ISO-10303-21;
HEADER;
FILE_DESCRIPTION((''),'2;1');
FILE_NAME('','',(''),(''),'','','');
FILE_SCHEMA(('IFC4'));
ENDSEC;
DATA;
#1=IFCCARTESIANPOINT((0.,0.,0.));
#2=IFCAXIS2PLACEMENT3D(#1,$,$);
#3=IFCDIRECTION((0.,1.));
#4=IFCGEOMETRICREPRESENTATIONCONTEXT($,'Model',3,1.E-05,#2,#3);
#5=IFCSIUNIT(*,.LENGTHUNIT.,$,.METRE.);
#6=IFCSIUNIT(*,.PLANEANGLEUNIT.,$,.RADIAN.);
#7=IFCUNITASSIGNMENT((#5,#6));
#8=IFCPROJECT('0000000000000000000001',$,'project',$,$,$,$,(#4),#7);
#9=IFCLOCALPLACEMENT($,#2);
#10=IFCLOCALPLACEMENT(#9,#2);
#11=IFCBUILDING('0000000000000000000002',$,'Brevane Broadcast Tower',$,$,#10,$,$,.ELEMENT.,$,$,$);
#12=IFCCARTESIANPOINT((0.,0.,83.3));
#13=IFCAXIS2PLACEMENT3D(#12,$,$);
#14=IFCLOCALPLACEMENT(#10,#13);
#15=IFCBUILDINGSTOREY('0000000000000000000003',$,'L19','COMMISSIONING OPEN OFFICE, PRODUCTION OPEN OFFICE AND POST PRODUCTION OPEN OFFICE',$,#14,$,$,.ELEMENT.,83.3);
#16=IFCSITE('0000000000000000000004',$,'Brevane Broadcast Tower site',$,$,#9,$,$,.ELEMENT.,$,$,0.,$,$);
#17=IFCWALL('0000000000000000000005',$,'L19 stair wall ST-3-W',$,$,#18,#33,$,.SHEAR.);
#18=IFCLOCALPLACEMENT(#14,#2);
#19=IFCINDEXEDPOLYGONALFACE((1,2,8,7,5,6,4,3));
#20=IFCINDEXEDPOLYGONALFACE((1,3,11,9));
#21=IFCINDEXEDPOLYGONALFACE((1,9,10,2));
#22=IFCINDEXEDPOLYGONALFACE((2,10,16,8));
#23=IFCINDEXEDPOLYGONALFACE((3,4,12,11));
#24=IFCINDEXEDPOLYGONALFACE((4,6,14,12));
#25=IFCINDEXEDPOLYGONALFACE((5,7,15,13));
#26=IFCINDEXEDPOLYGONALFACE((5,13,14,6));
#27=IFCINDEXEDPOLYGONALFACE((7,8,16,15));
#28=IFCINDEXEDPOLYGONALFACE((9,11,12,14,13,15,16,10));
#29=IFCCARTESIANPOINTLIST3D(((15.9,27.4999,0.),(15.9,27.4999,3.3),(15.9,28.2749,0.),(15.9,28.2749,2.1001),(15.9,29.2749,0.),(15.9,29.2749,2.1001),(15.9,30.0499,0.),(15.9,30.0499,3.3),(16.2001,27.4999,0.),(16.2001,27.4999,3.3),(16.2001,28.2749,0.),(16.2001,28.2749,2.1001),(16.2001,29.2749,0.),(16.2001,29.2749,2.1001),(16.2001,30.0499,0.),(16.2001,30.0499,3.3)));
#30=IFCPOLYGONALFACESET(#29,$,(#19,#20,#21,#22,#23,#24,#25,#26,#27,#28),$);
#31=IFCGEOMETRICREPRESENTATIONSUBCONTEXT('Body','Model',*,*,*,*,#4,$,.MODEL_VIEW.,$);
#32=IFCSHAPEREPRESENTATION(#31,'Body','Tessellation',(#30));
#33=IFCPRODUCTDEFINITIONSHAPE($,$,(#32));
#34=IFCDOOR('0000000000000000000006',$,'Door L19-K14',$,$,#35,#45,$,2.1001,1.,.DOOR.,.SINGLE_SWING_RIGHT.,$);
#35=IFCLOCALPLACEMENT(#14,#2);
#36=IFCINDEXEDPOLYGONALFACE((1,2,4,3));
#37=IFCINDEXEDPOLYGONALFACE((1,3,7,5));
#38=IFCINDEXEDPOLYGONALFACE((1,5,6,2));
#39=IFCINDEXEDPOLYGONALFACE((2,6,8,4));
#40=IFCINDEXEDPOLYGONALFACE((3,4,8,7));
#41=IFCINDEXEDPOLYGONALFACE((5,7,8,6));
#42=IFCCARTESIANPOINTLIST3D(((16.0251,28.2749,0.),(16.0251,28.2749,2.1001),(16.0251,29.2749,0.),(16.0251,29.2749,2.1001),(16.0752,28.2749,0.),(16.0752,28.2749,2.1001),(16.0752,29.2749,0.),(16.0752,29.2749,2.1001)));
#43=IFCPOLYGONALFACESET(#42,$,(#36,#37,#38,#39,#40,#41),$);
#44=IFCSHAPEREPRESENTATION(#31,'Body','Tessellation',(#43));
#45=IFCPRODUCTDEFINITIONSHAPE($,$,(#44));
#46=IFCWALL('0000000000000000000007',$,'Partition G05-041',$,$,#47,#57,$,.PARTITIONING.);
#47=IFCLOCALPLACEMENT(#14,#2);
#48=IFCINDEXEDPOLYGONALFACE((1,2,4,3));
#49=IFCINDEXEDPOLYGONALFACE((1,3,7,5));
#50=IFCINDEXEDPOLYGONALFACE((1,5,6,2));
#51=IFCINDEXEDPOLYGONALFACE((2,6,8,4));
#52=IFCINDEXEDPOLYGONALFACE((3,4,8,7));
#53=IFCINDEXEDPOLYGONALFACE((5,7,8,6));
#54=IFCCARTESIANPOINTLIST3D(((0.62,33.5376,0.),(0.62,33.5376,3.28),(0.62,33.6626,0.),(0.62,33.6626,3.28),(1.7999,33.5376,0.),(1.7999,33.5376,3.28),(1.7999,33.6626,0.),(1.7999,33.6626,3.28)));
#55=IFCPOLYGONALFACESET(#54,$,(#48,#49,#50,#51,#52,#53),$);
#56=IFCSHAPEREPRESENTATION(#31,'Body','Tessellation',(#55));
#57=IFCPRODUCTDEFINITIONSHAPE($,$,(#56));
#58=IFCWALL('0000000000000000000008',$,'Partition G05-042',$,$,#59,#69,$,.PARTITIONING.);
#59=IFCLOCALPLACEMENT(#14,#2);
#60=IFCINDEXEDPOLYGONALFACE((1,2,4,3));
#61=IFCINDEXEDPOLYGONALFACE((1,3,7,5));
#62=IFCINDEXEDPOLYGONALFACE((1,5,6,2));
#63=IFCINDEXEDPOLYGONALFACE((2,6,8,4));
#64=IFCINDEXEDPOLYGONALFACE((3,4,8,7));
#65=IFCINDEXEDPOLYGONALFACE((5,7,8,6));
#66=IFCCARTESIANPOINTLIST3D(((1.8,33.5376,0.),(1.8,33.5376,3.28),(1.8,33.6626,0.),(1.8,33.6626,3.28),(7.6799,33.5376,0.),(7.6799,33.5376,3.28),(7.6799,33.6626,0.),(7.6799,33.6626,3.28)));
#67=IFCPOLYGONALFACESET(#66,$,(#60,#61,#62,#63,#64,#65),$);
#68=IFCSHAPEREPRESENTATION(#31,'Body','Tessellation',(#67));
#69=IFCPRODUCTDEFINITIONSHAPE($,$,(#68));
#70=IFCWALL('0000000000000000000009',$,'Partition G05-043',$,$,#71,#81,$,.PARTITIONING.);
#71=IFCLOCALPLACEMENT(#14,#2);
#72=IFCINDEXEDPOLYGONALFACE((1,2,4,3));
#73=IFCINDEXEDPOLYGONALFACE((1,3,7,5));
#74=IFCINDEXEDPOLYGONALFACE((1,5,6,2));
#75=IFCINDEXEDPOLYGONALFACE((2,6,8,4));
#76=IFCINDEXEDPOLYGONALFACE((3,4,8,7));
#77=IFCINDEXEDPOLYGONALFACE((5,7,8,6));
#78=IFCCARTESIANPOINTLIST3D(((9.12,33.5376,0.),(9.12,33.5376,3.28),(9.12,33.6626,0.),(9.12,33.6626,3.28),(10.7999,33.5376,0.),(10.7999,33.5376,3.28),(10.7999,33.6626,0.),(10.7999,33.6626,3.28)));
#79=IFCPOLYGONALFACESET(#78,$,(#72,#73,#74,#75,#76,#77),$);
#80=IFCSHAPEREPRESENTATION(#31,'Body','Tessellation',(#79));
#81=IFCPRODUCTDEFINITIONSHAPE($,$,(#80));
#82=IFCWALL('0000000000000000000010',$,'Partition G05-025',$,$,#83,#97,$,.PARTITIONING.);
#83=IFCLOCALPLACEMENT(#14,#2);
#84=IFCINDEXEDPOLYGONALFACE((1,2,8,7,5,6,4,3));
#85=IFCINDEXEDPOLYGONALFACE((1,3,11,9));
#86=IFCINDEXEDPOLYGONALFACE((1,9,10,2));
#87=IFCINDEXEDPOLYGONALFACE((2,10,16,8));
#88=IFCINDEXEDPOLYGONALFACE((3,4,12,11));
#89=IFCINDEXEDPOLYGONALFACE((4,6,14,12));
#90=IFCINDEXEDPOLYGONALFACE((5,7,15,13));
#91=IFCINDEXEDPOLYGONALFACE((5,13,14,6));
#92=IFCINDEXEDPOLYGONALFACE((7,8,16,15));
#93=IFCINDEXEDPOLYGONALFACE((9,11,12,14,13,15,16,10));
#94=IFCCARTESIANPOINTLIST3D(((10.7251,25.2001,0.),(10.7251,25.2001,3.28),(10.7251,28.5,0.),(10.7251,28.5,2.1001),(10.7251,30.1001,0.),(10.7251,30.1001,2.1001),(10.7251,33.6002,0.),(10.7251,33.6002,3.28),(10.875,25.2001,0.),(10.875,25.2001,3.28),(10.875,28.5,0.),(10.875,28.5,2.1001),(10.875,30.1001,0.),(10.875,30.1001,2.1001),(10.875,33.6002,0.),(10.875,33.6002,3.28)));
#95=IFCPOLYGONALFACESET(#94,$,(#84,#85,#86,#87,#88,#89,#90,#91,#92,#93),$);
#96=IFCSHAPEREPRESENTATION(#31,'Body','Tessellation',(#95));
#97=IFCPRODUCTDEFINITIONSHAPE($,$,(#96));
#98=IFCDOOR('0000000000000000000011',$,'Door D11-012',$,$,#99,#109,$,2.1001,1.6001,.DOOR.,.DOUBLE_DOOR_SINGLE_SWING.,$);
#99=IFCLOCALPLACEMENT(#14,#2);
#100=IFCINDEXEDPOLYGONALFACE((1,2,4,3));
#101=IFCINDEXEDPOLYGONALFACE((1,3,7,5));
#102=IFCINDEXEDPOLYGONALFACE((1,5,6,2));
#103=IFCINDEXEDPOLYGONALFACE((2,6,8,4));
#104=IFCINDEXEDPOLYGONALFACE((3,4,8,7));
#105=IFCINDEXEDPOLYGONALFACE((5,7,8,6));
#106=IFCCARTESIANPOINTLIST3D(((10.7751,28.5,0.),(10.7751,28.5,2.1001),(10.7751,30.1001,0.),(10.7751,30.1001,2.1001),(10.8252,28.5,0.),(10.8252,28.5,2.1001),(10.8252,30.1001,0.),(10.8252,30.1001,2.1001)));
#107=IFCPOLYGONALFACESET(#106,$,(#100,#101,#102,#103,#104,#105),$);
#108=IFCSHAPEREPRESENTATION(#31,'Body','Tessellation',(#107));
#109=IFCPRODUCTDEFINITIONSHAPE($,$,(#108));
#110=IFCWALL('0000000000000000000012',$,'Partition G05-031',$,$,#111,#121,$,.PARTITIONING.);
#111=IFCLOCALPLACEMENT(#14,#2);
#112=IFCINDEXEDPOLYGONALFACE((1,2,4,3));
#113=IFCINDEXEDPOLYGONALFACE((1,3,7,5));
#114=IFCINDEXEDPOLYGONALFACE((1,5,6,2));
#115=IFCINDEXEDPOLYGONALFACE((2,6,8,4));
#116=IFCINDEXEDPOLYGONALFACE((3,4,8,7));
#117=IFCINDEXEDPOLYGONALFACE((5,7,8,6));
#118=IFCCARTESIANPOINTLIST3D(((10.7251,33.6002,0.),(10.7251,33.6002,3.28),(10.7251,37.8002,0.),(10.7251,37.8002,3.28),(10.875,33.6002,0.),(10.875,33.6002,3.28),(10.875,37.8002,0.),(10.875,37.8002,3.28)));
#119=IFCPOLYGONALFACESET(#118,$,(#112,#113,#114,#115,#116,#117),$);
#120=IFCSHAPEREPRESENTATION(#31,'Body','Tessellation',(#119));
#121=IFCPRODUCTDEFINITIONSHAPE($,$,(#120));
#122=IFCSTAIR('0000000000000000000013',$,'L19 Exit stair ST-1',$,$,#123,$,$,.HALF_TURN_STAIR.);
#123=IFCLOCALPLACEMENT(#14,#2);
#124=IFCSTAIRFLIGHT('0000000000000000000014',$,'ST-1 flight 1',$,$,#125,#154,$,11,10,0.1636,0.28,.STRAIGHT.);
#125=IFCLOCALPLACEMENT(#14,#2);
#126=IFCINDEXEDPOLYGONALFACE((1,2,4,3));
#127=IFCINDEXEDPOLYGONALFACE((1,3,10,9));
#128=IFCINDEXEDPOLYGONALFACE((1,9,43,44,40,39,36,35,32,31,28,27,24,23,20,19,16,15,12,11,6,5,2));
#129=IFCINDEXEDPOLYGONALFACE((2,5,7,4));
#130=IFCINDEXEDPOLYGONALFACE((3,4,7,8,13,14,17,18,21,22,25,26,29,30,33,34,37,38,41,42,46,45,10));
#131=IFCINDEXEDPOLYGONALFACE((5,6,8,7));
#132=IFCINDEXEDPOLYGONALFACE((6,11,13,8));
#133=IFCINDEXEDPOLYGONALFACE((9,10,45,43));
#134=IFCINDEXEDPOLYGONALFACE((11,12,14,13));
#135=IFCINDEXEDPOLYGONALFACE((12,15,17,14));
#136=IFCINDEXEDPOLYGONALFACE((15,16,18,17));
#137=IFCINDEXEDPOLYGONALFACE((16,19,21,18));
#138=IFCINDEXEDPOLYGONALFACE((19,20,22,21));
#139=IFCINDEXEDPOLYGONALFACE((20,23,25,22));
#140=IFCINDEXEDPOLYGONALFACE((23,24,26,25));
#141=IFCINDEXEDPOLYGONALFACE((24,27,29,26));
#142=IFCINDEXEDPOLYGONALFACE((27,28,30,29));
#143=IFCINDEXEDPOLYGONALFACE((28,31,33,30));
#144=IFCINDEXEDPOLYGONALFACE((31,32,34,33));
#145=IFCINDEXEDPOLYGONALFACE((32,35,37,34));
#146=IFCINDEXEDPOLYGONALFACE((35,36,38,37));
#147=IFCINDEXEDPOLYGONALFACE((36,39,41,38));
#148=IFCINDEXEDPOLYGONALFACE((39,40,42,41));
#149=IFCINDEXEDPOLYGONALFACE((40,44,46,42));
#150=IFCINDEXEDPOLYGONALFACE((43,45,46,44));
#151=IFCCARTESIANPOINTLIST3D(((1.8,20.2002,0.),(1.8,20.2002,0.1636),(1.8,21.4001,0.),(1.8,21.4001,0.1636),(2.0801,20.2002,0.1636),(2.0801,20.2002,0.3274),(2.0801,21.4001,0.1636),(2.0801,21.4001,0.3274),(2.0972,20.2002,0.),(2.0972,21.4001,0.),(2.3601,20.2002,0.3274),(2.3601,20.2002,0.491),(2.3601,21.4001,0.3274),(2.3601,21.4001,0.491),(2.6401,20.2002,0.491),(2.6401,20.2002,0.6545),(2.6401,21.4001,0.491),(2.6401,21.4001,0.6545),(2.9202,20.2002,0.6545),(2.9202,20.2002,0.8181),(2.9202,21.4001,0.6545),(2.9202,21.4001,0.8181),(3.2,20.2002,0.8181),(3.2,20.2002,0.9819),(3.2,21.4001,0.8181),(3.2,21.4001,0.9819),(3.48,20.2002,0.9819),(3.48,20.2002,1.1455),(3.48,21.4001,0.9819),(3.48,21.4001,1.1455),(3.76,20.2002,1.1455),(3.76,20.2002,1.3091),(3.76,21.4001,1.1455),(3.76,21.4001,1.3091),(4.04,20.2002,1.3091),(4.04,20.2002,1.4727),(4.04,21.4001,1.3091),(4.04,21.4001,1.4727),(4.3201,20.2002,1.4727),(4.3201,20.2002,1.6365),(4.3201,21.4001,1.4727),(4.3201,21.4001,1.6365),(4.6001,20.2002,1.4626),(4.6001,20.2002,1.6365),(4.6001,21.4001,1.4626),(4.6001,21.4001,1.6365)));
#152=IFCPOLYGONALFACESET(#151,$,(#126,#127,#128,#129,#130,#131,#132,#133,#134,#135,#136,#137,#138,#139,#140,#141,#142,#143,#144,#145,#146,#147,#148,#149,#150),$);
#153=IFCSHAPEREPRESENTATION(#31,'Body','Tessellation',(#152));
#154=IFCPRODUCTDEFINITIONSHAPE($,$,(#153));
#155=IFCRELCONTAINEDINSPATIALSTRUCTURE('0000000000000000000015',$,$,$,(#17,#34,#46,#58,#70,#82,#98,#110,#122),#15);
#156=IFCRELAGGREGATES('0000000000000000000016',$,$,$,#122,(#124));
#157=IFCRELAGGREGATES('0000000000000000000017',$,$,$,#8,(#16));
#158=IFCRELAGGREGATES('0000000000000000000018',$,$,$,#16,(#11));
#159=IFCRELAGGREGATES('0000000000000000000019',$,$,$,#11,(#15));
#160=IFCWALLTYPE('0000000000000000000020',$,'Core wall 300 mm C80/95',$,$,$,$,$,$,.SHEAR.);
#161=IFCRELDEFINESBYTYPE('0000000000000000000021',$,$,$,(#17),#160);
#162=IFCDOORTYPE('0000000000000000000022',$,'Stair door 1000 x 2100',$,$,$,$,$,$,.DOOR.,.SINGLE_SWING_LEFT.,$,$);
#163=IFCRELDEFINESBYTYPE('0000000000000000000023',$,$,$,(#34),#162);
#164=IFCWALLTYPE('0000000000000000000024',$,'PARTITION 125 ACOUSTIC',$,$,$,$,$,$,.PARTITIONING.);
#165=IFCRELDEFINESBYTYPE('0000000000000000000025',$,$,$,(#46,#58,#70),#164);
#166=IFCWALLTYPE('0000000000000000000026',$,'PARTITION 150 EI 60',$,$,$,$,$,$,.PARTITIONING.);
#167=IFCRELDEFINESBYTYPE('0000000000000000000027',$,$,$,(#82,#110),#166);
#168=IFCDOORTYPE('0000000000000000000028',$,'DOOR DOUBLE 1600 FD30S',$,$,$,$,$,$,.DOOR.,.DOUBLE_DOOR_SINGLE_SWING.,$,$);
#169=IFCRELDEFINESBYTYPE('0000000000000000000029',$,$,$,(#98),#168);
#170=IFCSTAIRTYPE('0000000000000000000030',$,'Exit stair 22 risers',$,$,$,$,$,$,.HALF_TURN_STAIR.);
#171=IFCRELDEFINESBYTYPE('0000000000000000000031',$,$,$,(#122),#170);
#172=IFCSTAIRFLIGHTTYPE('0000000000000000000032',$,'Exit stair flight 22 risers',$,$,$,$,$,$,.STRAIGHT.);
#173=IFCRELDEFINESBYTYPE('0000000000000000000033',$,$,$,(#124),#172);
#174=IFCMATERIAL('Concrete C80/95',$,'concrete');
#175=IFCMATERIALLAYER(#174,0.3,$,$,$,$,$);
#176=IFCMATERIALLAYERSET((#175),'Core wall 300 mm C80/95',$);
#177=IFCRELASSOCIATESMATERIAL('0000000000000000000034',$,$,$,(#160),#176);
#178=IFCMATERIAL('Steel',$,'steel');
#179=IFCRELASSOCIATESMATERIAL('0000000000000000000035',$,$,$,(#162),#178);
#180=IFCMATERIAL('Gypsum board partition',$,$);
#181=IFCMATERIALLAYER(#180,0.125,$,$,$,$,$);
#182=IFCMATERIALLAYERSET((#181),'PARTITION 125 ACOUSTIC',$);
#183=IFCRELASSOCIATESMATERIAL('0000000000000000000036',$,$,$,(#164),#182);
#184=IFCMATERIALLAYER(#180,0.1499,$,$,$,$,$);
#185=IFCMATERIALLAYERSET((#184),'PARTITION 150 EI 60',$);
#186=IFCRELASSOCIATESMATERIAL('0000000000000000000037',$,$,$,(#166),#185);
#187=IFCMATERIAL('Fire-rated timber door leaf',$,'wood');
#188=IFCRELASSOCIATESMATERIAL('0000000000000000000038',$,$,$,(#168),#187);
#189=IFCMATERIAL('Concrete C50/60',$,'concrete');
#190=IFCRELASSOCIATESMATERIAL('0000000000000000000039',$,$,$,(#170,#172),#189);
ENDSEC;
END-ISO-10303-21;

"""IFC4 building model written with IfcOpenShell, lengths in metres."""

from ifc_helpers import new_model, si_unit, direction, frame, frame_2d, origin, place, context, subcontext, project, spatial, polyline, rectangle, outline, extrude, material, layer, layer_set, type_object, element, fill, aggregate, save


model = new_model("IFC4")

# Units and contexts
model_context = context("Model", 3, precision=1e-05, world=origin(), true_north=direction((0.0, 1.0)))
body_context = subcontext(model_context, "Body", "Model", "MODEL_VIEW")
ifc_project = project(units=[si_unit("LENGTHUNIT", "METRE"), si_unit("PLANEANGLEUNIT", "RADIAN")], contexts=[model_context])

# Site, building, storey
site_placement = place(None, origin())
site = spatial("IfcSite", under=ifc_project, at=site_placement, Name="Brevane Broadcast Tower site", CompositionType="ELEMENT", RefElevation=0.0)
building_placement = place(site_placement, origin())
building = spatial("IfcBuilding", under=site, at=building_placement, Name="Brevane Broadcast Tower", CompositionType="ELEMENT")
storey_placement = place(building_placement, frame((0.0, 0.0, 83.3)))
storey = spatial("IfcBuildingStorey", under=building, at=storey_placement, Name="L19", Description="COMMISSIONING OPEN OFFICE, PRODUCTION OPEN OFFICE AND POST PRODUCTION OPEN OFFICE", CompositionType="ELEMENT", Elevation=83.3)

# Shared definitions
ifc_material_1 = material(Name="Concrete C80/95", Category="concrete")

# Shared definitions
ifc_layer_1 = layer(ifc_material_1, 0.3)
ifc_layer_set_1 = layer_set([ifc_layer_1], Name="Core wall 300 mm C80/95")
wall_type_1 = type_object("IfcWallType", Name="Core wall 300 mm C80/95", PredefinedType="SHEAR", material=ifc_layer_set_1)
ifc_material_2 = material(Name="Steel", Category="steel")
door_type_1 = type_object("IfcDoorType", Name="Stair door 1000 x 2100", OperationType="SINGLE_SWING_LEFT", PredefinedType="DOOR", material=ifc_material_2)

# Wall, opening, door
wall_1_placement = place(storey_placement, frame((16.05, 27.5, 0.0), z_axis=(0.0, 0.0, 1.0), x_axis=(0.0, 1.0, 0.0)))
wall_1 = element("IfcWall", 1, at=wall_1_placement, inside=storey, type_object=wall_type_1, Name="L19 stair wall ST-3-W", PredefinedType="SHEAR", context=body_context, shape_type="SweptSolid", body=[
    extrude(rectangle(XDim=2.55, YDim=0.3, at=frame_2d((1.2749, 0.0))), origin(), (0.0, 0.0, 1.0), 3.3),
])
opening_1_placement = place(wall_1_placement, frame((0.7749, 0.0, 0.0)))
opening_1 = element("IfcOpeningElement", 2, at=opening_1_placement, cuts=wall_1, PredefinedType="OPENING", context=body_context, shape_type="SweptSolid", body=[
    extrude(rectangle(XDim=1.0, YDim=2.1001, at=frame_2d((0.5, 1.05))), frame((0.0, 0.1599, 0.0), z_axis=(0.0, -1.0, 0.0), x_axis=(1.0, 0.0, 0.0)), (0.0, 0.0, 1.0), 0.3201),
])
door_1_placement = place(opening_1_placement, origin())
door_1 = element("IfcDoor", 3, at=door_1_placement, inside=storey, type_object=door_type_1, Name="Door L19-K14", OperationType="SINGLE_SWING_RIGHT", OverallHeight=2.1001, OverallWidth=1.0, PredefinedType="DOOR", context=body_context, shape_type="SweptSolid", body=[
    extrude(rectangle(XDim=1.0, YDim=2.1001, at=frame_2d((0.5, 1.05))), frame((0.0, 0.0249, 0.0), z_axis=(0.0, -1.0, 0.0), x_axis=(1.0, 0.0, 0.0)), (0.0, 0.0, 1.0), 0.05),
])
fill(opening_1, door_1)

# Walls
ifc_material_3 = material(Name="Gypsum board partition")
ifc_layer_2 = layer(ifc_material_3, 0.125)
ifc_layer_set_2 = layer_set([ifc_layer_2], Name="PARTITION 125 ACOUSTIC")
wall_type_2 = type_object("IfcWallType", Name="PARTITION 125 ACOUSTIC", PredefinedType="PARTITIONING", material=ifc_layer_set_2)
wall_2_placement = place(storey_placement, frame((0.6201, 33.6001, 0.0), z_axis=(0.0, 0.0, 1.0), x_axis=(1.0, 0.0, 0.0)))
element("IfcWall", 4, at=wall_2_placement, inside=storey, type_object=wall_type_2, Name="Partition G05-041", PredefinedType="PARTITIONING", context=body_context, shape_type="SweptSolid", body=[
    extrude(rectangle(XDim=1.1799, YDim=0.125, at=frame_2d((0.5898, 0.0))), origin(), (0.0, 0.0, 1.0), 3.28),
])
wall_3_placement = place(storey_placement, frame((1.8, 33.6001, 0.0), z_axis=(0.0, 0.0, 1.0), x_axis=(1.0, 0.0, 0.0)))
element("IfcWall", 5, at=wall_3_placement, inside=storey, type_object=wall_type_2, Name="Partition G05-042", PredefinedType="PARTITIONING", context=body_context, shape_type="SweptSolid", body=[
    extrude(rectangle(XDim=5.8799, YDim=0.125, at=frame_2d((2.9399, 0.0))), origin(), (0.0, 0.0, 1.0), 3.28),
])
wall_4_placement = place(storey_placement, frame((9.1201, 33.6001, 0.0), z_axis=(0.0, 0.0, 1.0), x_axis=(1.0, 0.0, 0.0)))
element("IfcWall", 6, at=wall_4_placement, inside=storey, type_object=wall_type_2, Name="Partition G05-043", PredefinedType="PARTITIONING", context=body_context, shape_type="SweptSolid", body=[
    extrude(rectangle(XDim=1.6799, YDim=0.125, at=frame_2d((0.8398, 0.0))), origin(), (0.0, 0.0, 1.0), 3.28),
])

# Wall, opening, door
ifc_layer_3 = layer(ifc_material_3, 0.1499)
ifc_layer_set_3 = layer_set([ifc_layer_3], Name="PARTITION 150 EI 60")
wall_type_3 = type_object("IfcWallType", Name="PARTITION 150 EI 60", PredefinedType="PARTITIONING", material=ifc_layer_set_3)
wall_5_placement = place(storey_placement, frame((10.8, 25.2, 0.0), z_axis=(0.0, 0.0, 1.0), x_axis=(0.0, 1.0, 0.0)))
wall_5 = element("IfcWall", 7, at=wall_5_placement, inside=storey, type_object=wall_type_3, Name="Partition G05-025", PredefinedType="PARTITIONING", context=body_context, shape_type="SweptSolid", body=[
    extrude(rectangle(XDim=8.4001, YDim=0.1499, at=frame_2d((4.2002, 0.0))), origin(), (0.0, 0.0, 1.0), 3.28),
])
opening_2_placement = place(wall_5_placement, frame((3.3, 0.0, 0.0)))
opening_2 = element("IfcOpeningElement", 8, at=opening_2_placement, cuts=wall_5, PredefinedType="OPENING", context=body_context, shape_type="SweptSolid", body=[
    extrude(rectangle(XDim=1.6001, YDim=2.1001, at=frame_2d((0.8, 1.05))), frame((0.0, 0.085, 0.0), z_axis=(0.0, -1.0, 0.0), x_axis=(1.0, 0.0, 0.0)), (0.0, 0.0, 1.0), 0.1699),
])
ifc_material_4 = material(Name="Fire-rated timber door leaf", Category="wood")
door_type_2 = type_object("IfcDoorType", Name="DOOR DOUBLE 1600 FD30S", OperationType="DOUBLE_DOOR_SINGLE_SWING", PredefinedType="DOOR", material=ifc_material_4)
door_2_placement = place(opening_2_placement, origin())
door_2 = element("IfcDoor", 9, at=door_2_placement, inside=storey, type_object=door_type_2, Name="Door D11-012", OperationType="DOUBLE_DOOR_SINGLE_SWING", OverallHeight=2.1001, OverallWidth=1.6001, PredefinedType="DOOR", context=body_context, shape_type="SweptSolid", body=[
    extrude(rectangle(XDim=1.6001, YDim=2.1001, at=frame_2d((0.8, 1.05))), frame((0.0, 0.0249, 0.0), z_axis=(0.0, -1.0, 0.0), x_axis=(1.0, 0.0, 0.0)), (0.0, 0.0, 1.0), 0.05),
])
fill(opening_2, door_2)

# Wall
wall_6_placement = place(storey_placement, frame((10.8, 33.6001, 0.0), z_axis=(0.0, 0.0, 1.0), x_axis=(0.0, 1.0, 0.0)))
element("IfcWall", 10, at=wall_6_placement, inside=storey, type_object=wall_type_3, Name="Partition G05-031", PredefinedType="PARTITIONING", context=body_context, shape_type="SweptSolid", body=[
    extrude(rectangle(XDim=4.2, YDim=0.1499, at=frame_2d((2.1001, 0.0))), origin(), (0.0, 0.0, 1.0), 3.28),
])

# Stair, stair flight
ifc_material_5 = material(Name="Concrete C50/60", Category="concrete")
stair_type = type_object("IfcStairType", Name="Exit stair 22 risers", PredefinedType="HALF_TURN_STAIR", material=ifc_material_5)
stair_placement = place(storey_placement, origin())
stair = element("IfcStair", 11, at=stair_placement, inside=storey, type_object=stair_type, Name="L19 Exit stair ST-1", PredefinedType="HALF_TURN_STAIR")
stair_flight_type = type_object("IfcStairFlightType", Name="Exit stair flight 22 risers", PredefinedType="STRAIGHT", material=ifc_material_5)
stair_flight_1_placement = place(storey_placement, frame((1.8, 20.8, 0.0), z_axis=(0.0, 0.0, 1.0), x_axis=(1.0, 0.0, 0.0)))
stair_flight_1 = element("IfcStairFlight", 12, at=stair_flight_1_placement, type_object=stair_flight_type, Name="ST-1 flight 1", NumberOfRisers=11, NumberOfTreads=10, PredefinedType="STRAIGHT", RiserHeight=0.1636, TreadLength=0.28, context=body_context, shape_type="SweptSolid", body=[
    extrude(outline(polyline([(0.0, 0.0), (0.0, 0.1636), (0.28, 0.1636), (0.28, 0.3274), (0.5601, 0.3274), (0.5601, 0.491), (0.8401, 0.491), (0.8401, 0.6545), (1.1201, 0.6545), (1.1201, 0.8181), (1.3999, 0.8181), (1.3999, 0.9819), (1.6799, 0.9819), (1.6799, 1.1455), (1.96, 1.1455), (1.96, 1.3091), (2.24, 1.3091), (2.24, 1.4727), (2.52, 1.4727), (2.52, 1.6365), (2.8, 1.6365), (2.8, 1.8), (2.8, 1.4626), (0.2971, 0.0), (0.0, 0.0)])), frame((0.0, 0.6001, 0.0), z_axis=(0.0, -1.0, 0.0), x_axis=(1.0, 0.0, 0.0)), (0.0, 0.0, 1.0), 1.2),
])
aggregate(stair, [stair_flight_1])

save(model, "model.ifc")
